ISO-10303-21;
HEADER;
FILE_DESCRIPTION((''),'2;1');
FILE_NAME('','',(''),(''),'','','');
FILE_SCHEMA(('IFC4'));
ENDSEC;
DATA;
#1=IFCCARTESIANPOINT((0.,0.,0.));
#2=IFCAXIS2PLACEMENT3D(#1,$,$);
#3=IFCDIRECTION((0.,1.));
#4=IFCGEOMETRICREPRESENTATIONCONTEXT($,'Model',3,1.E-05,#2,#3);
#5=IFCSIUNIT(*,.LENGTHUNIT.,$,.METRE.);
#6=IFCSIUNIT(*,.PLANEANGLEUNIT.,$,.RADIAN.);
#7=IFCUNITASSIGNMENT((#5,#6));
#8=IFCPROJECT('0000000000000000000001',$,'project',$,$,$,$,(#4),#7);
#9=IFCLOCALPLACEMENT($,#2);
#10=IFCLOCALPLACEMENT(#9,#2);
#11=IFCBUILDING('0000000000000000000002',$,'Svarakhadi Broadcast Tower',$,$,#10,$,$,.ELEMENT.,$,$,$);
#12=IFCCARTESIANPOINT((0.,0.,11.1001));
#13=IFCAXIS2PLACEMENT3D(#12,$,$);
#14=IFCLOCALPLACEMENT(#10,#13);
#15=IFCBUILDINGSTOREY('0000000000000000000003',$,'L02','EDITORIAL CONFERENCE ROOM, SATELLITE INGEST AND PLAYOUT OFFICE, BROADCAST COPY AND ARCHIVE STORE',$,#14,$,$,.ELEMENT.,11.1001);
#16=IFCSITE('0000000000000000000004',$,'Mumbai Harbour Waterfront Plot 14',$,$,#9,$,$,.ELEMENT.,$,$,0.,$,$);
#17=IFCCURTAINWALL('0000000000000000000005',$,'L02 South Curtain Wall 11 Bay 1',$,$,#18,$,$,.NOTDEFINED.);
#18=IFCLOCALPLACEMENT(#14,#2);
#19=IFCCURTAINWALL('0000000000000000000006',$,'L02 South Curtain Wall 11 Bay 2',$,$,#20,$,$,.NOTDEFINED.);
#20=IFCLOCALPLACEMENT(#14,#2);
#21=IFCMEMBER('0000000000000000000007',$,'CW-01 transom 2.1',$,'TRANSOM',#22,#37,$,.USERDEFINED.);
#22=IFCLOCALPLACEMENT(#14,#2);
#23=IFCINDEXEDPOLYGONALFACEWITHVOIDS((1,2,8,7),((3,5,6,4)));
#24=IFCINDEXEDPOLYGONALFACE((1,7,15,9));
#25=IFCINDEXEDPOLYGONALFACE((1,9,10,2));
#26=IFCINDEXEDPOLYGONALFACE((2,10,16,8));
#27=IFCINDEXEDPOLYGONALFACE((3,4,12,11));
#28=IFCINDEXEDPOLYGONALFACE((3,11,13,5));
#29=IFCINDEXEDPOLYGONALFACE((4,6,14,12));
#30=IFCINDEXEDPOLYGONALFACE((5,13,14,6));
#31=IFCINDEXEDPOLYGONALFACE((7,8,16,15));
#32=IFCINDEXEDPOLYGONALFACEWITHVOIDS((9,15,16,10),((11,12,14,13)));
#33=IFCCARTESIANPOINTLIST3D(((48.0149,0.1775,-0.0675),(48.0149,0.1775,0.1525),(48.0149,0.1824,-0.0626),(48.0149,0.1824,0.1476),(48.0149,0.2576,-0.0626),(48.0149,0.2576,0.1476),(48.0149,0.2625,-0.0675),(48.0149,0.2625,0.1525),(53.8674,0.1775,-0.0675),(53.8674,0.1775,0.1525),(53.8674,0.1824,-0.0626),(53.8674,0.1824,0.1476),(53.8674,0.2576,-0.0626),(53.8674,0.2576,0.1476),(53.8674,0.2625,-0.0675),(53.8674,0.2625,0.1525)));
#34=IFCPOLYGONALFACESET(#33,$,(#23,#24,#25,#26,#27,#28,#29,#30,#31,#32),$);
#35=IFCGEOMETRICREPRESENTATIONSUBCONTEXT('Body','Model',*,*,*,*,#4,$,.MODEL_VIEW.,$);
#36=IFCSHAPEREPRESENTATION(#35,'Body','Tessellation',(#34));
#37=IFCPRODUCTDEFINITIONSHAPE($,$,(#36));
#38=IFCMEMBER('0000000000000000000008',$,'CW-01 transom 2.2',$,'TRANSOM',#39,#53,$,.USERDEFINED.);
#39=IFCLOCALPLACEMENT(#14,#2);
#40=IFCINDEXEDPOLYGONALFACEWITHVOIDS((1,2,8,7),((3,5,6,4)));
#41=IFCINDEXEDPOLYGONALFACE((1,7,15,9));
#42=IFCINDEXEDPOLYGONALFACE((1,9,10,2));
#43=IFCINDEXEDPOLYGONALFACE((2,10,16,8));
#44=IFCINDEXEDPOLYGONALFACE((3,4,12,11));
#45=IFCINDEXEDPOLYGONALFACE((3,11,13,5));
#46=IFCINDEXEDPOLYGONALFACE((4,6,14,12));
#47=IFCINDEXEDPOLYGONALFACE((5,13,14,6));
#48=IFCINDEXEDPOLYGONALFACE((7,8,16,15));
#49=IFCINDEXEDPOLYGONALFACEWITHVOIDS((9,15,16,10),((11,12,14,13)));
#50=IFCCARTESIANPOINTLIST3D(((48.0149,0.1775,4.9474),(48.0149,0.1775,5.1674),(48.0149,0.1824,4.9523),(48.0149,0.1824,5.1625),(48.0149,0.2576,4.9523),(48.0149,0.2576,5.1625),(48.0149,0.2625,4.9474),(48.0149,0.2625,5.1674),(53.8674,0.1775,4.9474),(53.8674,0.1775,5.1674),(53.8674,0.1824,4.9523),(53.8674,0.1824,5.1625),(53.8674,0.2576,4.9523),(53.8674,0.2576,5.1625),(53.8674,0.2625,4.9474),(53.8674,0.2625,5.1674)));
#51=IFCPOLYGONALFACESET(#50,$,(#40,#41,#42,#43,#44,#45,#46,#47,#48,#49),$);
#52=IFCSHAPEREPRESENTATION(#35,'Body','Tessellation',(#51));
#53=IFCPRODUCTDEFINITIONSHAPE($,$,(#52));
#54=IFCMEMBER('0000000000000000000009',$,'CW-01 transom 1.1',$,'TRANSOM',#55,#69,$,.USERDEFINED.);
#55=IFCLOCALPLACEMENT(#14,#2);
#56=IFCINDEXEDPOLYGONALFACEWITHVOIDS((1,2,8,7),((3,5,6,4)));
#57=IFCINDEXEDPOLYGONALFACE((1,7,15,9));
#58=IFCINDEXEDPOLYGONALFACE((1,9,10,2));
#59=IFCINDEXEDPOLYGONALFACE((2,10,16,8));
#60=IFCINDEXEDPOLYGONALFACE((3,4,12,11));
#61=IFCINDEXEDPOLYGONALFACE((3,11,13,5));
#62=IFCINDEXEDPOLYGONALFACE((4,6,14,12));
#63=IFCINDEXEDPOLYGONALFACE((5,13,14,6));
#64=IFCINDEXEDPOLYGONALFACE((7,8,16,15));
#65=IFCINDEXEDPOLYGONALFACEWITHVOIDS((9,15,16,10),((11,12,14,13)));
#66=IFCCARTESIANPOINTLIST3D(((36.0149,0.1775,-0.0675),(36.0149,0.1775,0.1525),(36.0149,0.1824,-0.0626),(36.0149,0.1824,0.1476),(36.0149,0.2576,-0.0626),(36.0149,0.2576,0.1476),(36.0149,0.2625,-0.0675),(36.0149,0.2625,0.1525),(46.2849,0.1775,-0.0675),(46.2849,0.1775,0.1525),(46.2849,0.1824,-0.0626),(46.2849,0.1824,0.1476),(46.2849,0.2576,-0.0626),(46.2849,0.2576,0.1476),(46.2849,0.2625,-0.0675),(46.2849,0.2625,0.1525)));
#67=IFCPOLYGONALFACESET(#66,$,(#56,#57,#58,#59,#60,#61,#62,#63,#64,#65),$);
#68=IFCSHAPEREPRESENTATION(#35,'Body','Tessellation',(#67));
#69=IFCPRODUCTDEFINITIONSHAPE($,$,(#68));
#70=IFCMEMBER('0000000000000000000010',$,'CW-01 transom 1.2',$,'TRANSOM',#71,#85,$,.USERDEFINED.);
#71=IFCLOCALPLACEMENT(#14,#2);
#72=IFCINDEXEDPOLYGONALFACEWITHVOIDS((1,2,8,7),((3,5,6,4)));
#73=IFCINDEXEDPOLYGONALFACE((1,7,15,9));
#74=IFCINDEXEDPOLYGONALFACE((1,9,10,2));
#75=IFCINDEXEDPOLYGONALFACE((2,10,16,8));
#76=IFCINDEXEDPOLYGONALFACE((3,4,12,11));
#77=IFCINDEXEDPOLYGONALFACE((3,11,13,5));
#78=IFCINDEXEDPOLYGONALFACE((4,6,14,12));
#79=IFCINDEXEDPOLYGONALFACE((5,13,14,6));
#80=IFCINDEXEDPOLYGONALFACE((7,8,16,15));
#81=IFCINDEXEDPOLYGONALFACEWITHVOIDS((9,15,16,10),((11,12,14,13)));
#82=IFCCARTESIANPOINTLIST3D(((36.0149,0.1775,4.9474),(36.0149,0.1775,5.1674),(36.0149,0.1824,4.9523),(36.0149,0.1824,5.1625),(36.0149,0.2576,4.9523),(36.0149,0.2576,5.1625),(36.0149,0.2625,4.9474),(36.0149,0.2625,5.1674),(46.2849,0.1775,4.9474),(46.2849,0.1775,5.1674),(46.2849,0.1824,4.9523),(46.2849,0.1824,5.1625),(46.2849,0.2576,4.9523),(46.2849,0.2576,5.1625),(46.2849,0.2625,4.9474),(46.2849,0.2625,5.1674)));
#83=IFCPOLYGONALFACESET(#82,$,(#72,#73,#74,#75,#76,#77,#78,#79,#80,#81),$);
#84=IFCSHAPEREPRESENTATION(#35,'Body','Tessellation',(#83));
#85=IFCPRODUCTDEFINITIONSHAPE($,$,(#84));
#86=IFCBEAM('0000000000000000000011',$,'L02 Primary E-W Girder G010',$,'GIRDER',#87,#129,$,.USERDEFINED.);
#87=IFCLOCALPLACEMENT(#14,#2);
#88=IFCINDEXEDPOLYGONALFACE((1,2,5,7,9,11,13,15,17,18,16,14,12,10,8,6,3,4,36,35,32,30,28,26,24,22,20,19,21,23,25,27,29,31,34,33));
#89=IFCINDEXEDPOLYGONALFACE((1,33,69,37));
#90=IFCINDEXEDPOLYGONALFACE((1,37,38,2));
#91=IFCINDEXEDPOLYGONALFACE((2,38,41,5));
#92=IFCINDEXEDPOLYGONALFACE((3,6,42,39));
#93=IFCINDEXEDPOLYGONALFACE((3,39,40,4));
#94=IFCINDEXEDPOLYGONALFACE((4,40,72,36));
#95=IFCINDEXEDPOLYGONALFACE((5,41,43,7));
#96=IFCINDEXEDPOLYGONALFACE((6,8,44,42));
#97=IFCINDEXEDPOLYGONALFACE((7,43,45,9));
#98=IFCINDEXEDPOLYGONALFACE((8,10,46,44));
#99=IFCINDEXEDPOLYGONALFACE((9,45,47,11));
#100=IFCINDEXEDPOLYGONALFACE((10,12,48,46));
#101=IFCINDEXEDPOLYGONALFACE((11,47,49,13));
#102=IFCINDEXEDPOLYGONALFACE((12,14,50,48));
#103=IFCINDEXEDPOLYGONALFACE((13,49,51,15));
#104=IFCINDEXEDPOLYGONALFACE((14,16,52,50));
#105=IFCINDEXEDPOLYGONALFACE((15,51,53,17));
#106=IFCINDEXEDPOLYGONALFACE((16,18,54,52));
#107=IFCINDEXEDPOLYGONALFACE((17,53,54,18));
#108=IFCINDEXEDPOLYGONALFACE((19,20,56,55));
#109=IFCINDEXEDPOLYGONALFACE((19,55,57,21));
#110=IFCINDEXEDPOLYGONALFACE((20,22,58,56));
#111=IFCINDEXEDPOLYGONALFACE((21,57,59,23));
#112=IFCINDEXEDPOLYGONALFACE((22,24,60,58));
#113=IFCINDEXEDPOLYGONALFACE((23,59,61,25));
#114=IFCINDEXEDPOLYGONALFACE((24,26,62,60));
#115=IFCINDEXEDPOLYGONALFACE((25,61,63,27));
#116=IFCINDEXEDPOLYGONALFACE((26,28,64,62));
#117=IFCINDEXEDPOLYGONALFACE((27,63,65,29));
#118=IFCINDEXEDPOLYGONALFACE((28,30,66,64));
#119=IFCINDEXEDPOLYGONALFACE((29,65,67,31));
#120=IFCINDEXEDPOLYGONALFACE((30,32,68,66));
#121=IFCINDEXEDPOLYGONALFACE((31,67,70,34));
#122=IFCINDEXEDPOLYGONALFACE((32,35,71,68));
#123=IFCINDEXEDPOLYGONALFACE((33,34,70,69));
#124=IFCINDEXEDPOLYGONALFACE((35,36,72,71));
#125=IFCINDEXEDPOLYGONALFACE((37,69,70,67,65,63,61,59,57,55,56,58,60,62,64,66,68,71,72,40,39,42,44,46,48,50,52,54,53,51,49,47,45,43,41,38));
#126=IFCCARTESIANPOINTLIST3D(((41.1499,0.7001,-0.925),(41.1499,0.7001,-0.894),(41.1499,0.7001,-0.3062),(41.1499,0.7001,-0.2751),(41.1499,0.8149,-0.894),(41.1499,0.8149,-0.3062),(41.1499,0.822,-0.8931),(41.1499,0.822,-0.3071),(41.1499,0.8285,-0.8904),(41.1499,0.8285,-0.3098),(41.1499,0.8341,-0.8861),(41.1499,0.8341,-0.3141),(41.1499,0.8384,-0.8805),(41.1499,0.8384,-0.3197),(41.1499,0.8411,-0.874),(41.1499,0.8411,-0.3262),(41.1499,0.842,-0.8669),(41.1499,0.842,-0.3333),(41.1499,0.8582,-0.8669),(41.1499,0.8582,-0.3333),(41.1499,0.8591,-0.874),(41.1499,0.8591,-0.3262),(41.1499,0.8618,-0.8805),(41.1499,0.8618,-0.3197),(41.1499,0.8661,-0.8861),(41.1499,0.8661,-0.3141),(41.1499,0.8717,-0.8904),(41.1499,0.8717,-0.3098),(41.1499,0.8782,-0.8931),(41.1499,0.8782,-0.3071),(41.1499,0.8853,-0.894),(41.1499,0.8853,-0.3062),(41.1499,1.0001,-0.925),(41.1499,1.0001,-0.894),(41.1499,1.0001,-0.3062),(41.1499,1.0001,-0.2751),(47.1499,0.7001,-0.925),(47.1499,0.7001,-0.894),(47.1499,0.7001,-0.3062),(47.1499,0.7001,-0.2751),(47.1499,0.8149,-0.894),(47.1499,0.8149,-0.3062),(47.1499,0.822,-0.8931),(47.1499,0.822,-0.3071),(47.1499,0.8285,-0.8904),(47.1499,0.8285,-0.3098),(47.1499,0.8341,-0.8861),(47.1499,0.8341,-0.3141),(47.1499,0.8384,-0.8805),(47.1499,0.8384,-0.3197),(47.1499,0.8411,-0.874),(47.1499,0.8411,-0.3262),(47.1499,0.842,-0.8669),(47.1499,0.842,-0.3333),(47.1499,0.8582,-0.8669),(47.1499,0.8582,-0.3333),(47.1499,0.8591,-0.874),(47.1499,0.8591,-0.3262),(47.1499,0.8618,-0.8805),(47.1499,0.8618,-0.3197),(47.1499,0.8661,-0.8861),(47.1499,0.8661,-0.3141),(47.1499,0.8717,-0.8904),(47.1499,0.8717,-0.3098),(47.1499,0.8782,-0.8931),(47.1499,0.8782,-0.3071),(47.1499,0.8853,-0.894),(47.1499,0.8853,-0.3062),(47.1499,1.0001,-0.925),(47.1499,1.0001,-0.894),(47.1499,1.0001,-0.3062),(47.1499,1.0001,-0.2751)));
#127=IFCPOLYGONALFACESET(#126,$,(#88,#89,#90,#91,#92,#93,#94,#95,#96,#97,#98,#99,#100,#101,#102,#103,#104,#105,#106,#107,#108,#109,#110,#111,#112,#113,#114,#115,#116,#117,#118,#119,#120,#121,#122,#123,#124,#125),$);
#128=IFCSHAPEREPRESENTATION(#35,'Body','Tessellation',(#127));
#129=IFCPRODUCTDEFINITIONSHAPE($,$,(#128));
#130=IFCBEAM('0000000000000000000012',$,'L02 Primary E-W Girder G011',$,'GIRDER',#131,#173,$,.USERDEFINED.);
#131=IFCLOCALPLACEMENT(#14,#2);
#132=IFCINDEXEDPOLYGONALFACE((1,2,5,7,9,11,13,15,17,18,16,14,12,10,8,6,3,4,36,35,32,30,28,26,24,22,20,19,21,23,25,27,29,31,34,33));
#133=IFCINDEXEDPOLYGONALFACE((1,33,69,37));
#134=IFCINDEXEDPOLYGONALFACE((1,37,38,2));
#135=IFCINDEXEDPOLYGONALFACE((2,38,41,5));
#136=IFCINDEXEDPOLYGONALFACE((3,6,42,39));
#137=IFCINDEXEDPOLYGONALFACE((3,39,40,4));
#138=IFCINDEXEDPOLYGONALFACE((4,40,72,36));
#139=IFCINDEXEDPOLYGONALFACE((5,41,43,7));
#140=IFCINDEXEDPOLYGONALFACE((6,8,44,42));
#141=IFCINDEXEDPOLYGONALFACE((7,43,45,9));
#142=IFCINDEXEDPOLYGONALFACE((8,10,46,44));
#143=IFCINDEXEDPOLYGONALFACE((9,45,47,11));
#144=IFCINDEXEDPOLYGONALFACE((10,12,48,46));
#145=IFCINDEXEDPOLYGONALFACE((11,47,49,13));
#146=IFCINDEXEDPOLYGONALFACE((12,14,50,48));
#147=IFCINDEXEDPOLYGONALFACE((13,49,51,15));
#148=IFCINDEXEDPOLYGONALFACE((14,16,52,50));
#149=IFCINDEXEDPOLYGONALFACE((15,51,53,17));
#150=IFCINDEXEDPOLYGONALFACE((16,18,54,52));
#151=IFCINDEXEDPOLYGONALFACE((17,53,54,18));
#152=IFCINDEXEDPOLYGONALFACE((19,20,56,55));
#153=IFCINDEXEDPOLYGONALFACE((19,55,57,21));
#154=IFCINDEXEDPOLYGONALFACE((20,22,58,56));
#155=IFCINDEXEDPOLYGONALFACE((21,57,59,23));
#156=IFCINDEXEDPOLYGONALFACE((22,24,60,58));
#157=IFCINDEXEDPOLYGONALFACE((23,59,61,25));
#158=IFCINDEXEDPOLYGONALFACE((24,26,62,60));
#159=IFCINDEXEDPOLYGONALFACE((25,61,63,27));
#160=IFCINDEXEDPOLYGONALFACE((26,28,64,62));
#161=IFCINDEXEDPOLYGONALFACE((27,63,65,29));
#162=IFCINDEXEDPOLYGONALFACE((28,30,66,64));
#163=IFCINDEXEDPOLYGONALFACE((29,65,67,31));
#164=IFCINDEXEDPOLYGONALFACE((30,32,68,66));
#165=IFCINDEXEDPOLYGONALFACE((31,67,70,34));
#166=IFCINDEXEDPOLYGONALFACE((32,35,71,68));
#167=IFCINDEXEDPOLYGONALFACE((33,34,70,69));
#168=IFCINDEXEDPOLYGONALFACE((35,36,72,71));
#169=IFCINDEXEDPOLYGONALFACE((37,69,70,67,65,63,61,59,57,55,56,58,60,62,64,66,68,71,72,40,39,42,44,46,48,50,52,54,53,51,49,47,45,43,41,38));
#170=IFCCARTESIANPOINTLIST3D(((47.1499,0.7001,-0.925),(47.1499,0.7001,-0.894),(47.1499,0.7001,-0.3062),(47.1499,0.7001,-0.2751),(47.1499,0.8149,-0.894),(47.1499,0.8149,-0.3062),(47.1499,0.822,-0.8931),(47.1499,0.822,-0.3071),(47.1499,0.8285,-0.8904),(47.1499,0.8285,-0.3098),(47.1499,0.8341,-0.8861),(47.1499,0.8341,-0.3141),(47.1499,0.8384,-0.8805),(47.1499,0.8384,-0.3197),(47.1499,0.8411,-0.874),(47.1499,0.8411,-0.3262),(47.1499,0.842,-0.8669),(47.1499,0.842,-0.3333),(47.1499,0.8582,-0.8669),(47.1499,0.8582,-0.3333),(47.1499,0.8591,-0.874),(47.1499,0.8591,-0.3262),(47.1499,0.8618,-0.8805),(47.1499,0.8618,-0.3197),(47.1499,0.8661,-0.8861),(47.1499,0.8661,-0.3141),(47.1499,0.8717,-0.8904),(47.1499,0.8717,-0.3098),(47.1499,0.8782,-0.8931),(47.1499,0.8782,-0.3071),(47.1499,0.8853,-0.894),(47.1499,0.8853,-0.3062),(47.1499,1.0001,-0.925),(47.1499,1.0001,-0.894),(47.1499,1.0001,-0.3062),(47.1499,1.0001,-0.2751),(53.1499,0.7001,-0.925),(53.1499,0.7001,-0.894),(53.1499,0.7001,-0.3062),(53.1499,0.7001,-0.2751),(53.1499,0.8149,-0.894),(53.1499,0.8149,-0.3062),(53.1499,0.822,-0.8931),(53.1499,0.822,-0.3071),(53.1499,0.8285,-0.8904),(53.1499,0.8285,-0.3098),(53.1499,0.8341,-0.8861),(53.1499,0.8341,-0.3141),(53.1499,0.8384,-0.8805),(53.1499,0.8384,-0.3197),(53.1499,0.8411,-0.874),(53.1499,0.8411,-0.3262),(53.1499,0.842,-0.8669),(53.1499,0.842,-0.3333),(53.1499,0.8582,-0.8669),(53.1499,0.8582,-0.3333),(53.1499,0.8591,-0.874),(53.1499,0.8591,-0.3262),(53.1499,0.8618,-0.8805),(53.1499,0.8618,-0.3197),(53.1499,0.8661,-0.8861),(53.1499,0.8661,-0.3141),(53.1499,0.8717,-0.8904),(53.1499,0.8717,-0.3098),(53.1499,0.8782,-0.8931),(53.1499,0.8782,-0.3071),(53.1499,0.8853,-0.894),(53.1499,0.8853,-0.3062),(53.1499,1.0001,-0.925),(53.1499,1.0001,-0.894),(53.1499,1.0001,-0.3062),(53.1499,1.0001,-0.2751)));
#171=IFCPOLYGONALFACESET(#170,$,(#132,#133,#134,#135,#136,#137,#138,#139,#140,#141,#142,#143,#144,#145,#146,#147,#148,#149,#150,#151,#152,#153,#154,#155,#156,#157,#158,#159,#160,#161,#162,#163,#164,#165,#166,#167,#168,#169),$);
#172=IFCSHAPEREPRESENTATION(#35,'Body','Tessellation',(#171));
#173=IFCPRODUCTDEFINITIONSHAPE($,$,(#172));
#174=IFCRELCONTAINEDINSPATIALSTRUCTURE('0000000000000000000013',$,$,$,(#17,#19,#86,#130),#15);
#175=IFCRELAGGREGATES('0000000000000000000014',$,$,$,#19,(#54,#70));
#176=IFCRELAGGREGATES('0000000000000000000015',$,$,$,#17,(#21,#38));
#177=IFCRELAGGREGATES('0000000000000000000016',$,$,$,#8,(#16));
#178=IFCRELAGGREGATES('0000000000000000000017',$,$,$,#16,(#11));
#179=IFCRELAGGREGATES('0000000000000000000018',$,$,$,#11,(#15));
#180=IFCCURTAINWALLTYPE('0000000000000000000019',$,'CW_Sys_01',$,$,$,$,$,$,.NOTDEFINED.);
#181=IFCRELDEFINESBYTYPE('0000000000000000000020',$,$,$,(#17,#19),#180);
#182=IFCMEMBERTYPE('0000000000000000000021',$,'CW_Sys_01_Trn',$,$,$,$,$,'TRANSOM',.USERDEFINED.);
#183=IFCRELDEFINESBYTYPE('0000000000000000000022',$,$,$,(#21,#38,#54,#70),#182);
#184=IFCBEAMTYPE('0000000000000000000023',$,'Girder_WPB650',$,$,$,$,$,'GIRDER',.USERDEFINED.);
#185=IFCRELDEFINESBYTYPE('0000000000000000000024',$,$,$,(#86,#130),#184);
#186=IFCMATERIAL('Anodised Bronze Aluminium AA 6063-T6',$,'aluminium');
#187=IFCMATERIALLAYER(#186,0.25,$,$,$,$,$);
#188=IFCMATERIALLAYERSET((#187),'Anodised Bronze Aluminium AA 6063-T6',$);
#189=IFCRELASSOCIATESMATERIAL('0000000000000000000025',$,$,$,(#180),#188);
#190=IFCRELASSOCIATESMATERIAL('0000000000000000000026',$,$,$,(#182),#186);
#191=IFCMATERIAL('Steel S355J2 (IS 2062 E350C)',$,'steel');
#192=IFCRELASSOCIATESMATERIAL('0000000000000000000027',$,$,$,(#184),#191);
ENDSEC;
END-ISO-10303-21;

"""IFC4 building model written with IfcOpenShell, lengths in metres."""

from ifc_helpers import new_model, si_unit, direction, frame, origin, origin_2d, place, context, subcontext, project, spatial, hollow_rectangle, i_section, extrude, material, layer, layer_set, material_profile, profile_set, type_object, element, aggregate, save


model = new_model("IFC4")

# Units and contexts
model_context = context("Model", 3, precision=1e-05, world=origin(), true_north=direction((0.0, 1.0)))
body_context = subcontext(model_context, "Body", "Model", "MODEL_VIEW")
ifc_project = project(units=[si_unit("LENGTHUNIT", "METRE"), si_unit("PLANEANGLEUNIT", "RADIAN")], contexts=[model_context])

# Site, building, storey
site_placement = place(None, origin())
site = spatial("IfcSite", under=ifc_project, at=site_placement, Name="Mumbai Harbour Waterfront Plot 14", CompositionType="ELEMENT", RefElevation=0.0)
building_placement = place(site_placement, origin())
building = spatial("IfcBuilding", under=site, at=building_placement, Name="Svarakhadi Broadcast Tower", CompositionType="ELEMENT")
storey_placement = place(building_placement, frame((0.0, 0.0, 11.1001)))
storey = spatial("IfcBuildingStorey", under=building, at=storey_placement, Name="L02", Description="EDITORIAL CONFERENCE ROOM, SATELLITE INGEST AND PLAYOUT OFFICE, BROADCAST COPY AND ARCHIVE STORE", CompositionType="ELEMENT", Elevation=11.1001)

# Shared definitions
ifc_material_1 = material(Name="Steel S355J2 (IS 2062 E350C)", Category="steel")

# Curtain wall
ifc_material_2 = material(Name="Anodised Bronze Aluminium AA 6063-T6", Category="aluminium")
ifc_layer_1 = layer(ifc_material_2, 0.25)
ifc_layer_set_1 = layer_set([ifc_layer_1], Name="Anodised Bronze Aluminium AA 6063-T6")
curtain_wall_type = type_object("IfcCurtainWallType", Name="CW_Sys_01", PredefinedType="NOTDEFINED", material=ifc_layer_set_1)
curtain_wall_1_placement = place(storey_placement, origin())
curtain_wall_1 = element("IfcCurtainWall", 1, at=curtain_wall_1_placement, inside=storey, type_object=curtain_wall_type, Name="L02 South Curtain Wall 11 Bay 1", PredefinedType="NOTDEFINED")

# Curtain wall
curtain_wall_2_placement = place(storey_placement, origin())
curtain_wall_2 = element("IfcCurtainWall", 2, at=curtain_wall_2_placement, inside=storey, type_object=curtain_wall_type, Name="L02 South Curtain Wall 11 Bay 2", PredefinedType="NOTDEFINED")

# Members
ifc_material_profile_1 = material_profile(ifc_material_2, hollow_rectangle(XDim=0.085, YDim=0.22, WallThickness=0.0049, at=origin_2d()), Name="ALU TRANSOM 220x85x5")
ifc_profile_set_1 = profile_set([ifc_material_profile_1], Name="Anodised Bronze Aluminium AA 6063-T6")
member_type_1 = type_object("IfcMemberType", Name="CW_Sys_01_Trn", ElementType="TRANSOM", PredefinedType="USERDEFINED", material=ifc_profile_set_1)
member_1_placement = place(storey_placement, frame((53.8674, 0.22, 0.0425), z_axis=(-1.0, 0.0, 0.0), x_axis=(0.0, -1.0, 0.0)))
member_1 = element("IfcMember", 3, at=member_1_placement, type_object=member_type_1, Name="CW-01 transom 2.1", ObjectType="TRANSOM", PredefinedType="USERDEFINED", context=body_context, shape_type="SweptSolid", body=[
    extrude(hollow_rectangle(XDim=0.085, YDim=0.22, WallThickness=0.0049, at=origin_2d()), origin(), (0.0, 0.0, 1.0), 5.8525),
])
member_2_placement = place(storey_placement, frame((53.8674, 0.22, 5.0574), z_axis=(-1.0, 0.0, 0.0), x_axis=(0.0, -1.0, 0.0)))
member_2 = element("IfcMember", 4, at=member_2_placement, type_object=member_type_1, Name="CW-01 transom 2.2", ObjectType="TRANSOM", PredefinedType="USERDEFINED", context=body_context, shape_type="SweptSolid", body=[
    extrude(hollow_rectangle(XDim=0.085, YDim=0.22, WallThickness=0.0049, at=origin_2d()), origin(), (0.0, 0.0, 1.0), 5.8525),
])
member_3_placement = place(storey_placement, frame((46.2849, 0.22, 0.0425), z_axis=(-1.0, 0.0, 0.0), x_axis=(0.0, -1.0, 0.0)))
member_3 = element("IfcMember", 5, at=member_3_placement, type_object=member_type_1, Name="CW-01 transom 1.1", ObjectType="TRANSOM", PredefinedType="USERDEFINED", context=body_context, shape_type="SweptSolid", body=[
    extrude(hollow_rectangle(XDim=0.085, YDim=0.22, WallThickness=0.0049, at=origin_2d()), origin(), (0.0, 0.0, 1.0), 10.27),
])
member_4_placement = place(storey_placement, frame((46.2849, 0.22, 5.0574), z_axis=(-1.0, 0.0, 0.0), x_axis=(0.0, -1.0, 0.0)))
member_4 = element("IfcMember", 6, at=member_4_placement, type_object=member_type_1, Name="CW-01 transom 1.2", ObjectType="TRANSOM", PredefinedType="USERDEFINED", context=body_context, shape_type="SweptSolid", body=[
    extrude(hollow_rectangle(XDim=0.085, YDim=0.22, WallThickness=0.0049, at=origin_2d()), origin(), (0.0, 0.0, 1.0), 10.27),
])
aggregate(curtain_wall_2, [member_3, member_4])

# Beams
ifc_material_profile_2 = material_profile(ifc_material_1, i_section(OverallWidth=0.3, OverallDepth=0.6499, WebThickness=0.0161, FlangeThickness=0.031, FilletRadius=0.0271, at=origin_2d()), Name="WPB 650x300x225")
ifc_profile_set_2 = profile_set([ifc_material_profile_2], Name="Steel S355J2 (IS 2062 E350C)")
beam_type_1 = type_object("IfcBeamType", Name="Girder_WPB650", ElementType="GIRDER", PredefinedType="USERDEFINED", material=ifc_profile_set_2)
for number, where, z_axis, x_axis, name in (
    (7, (41.1499, 0.8501, -0.6001), (1.0, 0.0, 0.0), (0.0, 1.0, 0.0), "L02 Primary E-W Girder G010"),
    (8, (47.1499, 0.8501, -0.6001), (1.0, 0.0, 0.0), (0.0, 1.0, 0.0), "L02 Primary E-W Girder G011"),
):
    element("IfcBeam", number, at=place(storey_placement, frame(where, z_axis=z_axis, x_axis=x_axis)), inside=storey, type_object=beam_type_1, Name=name, ObjectType="GIRDER", PredefinedType="USERDEFINED", context=body_context, shape_type="SweptSolid", body=[
        extrude(i_section(OverallWidth=0.3, OverallDepth=0.6499, WebThickness=0.0161, FlangeThickness=0.031, FilletRadius=0.0271, at=origin_2d()), origin(), (0.0, 0.0, 1.0), 6.0),
    ])

aggregate(curtain_wall_1, [member_1, member_2])

save(model, "model.ifc")
